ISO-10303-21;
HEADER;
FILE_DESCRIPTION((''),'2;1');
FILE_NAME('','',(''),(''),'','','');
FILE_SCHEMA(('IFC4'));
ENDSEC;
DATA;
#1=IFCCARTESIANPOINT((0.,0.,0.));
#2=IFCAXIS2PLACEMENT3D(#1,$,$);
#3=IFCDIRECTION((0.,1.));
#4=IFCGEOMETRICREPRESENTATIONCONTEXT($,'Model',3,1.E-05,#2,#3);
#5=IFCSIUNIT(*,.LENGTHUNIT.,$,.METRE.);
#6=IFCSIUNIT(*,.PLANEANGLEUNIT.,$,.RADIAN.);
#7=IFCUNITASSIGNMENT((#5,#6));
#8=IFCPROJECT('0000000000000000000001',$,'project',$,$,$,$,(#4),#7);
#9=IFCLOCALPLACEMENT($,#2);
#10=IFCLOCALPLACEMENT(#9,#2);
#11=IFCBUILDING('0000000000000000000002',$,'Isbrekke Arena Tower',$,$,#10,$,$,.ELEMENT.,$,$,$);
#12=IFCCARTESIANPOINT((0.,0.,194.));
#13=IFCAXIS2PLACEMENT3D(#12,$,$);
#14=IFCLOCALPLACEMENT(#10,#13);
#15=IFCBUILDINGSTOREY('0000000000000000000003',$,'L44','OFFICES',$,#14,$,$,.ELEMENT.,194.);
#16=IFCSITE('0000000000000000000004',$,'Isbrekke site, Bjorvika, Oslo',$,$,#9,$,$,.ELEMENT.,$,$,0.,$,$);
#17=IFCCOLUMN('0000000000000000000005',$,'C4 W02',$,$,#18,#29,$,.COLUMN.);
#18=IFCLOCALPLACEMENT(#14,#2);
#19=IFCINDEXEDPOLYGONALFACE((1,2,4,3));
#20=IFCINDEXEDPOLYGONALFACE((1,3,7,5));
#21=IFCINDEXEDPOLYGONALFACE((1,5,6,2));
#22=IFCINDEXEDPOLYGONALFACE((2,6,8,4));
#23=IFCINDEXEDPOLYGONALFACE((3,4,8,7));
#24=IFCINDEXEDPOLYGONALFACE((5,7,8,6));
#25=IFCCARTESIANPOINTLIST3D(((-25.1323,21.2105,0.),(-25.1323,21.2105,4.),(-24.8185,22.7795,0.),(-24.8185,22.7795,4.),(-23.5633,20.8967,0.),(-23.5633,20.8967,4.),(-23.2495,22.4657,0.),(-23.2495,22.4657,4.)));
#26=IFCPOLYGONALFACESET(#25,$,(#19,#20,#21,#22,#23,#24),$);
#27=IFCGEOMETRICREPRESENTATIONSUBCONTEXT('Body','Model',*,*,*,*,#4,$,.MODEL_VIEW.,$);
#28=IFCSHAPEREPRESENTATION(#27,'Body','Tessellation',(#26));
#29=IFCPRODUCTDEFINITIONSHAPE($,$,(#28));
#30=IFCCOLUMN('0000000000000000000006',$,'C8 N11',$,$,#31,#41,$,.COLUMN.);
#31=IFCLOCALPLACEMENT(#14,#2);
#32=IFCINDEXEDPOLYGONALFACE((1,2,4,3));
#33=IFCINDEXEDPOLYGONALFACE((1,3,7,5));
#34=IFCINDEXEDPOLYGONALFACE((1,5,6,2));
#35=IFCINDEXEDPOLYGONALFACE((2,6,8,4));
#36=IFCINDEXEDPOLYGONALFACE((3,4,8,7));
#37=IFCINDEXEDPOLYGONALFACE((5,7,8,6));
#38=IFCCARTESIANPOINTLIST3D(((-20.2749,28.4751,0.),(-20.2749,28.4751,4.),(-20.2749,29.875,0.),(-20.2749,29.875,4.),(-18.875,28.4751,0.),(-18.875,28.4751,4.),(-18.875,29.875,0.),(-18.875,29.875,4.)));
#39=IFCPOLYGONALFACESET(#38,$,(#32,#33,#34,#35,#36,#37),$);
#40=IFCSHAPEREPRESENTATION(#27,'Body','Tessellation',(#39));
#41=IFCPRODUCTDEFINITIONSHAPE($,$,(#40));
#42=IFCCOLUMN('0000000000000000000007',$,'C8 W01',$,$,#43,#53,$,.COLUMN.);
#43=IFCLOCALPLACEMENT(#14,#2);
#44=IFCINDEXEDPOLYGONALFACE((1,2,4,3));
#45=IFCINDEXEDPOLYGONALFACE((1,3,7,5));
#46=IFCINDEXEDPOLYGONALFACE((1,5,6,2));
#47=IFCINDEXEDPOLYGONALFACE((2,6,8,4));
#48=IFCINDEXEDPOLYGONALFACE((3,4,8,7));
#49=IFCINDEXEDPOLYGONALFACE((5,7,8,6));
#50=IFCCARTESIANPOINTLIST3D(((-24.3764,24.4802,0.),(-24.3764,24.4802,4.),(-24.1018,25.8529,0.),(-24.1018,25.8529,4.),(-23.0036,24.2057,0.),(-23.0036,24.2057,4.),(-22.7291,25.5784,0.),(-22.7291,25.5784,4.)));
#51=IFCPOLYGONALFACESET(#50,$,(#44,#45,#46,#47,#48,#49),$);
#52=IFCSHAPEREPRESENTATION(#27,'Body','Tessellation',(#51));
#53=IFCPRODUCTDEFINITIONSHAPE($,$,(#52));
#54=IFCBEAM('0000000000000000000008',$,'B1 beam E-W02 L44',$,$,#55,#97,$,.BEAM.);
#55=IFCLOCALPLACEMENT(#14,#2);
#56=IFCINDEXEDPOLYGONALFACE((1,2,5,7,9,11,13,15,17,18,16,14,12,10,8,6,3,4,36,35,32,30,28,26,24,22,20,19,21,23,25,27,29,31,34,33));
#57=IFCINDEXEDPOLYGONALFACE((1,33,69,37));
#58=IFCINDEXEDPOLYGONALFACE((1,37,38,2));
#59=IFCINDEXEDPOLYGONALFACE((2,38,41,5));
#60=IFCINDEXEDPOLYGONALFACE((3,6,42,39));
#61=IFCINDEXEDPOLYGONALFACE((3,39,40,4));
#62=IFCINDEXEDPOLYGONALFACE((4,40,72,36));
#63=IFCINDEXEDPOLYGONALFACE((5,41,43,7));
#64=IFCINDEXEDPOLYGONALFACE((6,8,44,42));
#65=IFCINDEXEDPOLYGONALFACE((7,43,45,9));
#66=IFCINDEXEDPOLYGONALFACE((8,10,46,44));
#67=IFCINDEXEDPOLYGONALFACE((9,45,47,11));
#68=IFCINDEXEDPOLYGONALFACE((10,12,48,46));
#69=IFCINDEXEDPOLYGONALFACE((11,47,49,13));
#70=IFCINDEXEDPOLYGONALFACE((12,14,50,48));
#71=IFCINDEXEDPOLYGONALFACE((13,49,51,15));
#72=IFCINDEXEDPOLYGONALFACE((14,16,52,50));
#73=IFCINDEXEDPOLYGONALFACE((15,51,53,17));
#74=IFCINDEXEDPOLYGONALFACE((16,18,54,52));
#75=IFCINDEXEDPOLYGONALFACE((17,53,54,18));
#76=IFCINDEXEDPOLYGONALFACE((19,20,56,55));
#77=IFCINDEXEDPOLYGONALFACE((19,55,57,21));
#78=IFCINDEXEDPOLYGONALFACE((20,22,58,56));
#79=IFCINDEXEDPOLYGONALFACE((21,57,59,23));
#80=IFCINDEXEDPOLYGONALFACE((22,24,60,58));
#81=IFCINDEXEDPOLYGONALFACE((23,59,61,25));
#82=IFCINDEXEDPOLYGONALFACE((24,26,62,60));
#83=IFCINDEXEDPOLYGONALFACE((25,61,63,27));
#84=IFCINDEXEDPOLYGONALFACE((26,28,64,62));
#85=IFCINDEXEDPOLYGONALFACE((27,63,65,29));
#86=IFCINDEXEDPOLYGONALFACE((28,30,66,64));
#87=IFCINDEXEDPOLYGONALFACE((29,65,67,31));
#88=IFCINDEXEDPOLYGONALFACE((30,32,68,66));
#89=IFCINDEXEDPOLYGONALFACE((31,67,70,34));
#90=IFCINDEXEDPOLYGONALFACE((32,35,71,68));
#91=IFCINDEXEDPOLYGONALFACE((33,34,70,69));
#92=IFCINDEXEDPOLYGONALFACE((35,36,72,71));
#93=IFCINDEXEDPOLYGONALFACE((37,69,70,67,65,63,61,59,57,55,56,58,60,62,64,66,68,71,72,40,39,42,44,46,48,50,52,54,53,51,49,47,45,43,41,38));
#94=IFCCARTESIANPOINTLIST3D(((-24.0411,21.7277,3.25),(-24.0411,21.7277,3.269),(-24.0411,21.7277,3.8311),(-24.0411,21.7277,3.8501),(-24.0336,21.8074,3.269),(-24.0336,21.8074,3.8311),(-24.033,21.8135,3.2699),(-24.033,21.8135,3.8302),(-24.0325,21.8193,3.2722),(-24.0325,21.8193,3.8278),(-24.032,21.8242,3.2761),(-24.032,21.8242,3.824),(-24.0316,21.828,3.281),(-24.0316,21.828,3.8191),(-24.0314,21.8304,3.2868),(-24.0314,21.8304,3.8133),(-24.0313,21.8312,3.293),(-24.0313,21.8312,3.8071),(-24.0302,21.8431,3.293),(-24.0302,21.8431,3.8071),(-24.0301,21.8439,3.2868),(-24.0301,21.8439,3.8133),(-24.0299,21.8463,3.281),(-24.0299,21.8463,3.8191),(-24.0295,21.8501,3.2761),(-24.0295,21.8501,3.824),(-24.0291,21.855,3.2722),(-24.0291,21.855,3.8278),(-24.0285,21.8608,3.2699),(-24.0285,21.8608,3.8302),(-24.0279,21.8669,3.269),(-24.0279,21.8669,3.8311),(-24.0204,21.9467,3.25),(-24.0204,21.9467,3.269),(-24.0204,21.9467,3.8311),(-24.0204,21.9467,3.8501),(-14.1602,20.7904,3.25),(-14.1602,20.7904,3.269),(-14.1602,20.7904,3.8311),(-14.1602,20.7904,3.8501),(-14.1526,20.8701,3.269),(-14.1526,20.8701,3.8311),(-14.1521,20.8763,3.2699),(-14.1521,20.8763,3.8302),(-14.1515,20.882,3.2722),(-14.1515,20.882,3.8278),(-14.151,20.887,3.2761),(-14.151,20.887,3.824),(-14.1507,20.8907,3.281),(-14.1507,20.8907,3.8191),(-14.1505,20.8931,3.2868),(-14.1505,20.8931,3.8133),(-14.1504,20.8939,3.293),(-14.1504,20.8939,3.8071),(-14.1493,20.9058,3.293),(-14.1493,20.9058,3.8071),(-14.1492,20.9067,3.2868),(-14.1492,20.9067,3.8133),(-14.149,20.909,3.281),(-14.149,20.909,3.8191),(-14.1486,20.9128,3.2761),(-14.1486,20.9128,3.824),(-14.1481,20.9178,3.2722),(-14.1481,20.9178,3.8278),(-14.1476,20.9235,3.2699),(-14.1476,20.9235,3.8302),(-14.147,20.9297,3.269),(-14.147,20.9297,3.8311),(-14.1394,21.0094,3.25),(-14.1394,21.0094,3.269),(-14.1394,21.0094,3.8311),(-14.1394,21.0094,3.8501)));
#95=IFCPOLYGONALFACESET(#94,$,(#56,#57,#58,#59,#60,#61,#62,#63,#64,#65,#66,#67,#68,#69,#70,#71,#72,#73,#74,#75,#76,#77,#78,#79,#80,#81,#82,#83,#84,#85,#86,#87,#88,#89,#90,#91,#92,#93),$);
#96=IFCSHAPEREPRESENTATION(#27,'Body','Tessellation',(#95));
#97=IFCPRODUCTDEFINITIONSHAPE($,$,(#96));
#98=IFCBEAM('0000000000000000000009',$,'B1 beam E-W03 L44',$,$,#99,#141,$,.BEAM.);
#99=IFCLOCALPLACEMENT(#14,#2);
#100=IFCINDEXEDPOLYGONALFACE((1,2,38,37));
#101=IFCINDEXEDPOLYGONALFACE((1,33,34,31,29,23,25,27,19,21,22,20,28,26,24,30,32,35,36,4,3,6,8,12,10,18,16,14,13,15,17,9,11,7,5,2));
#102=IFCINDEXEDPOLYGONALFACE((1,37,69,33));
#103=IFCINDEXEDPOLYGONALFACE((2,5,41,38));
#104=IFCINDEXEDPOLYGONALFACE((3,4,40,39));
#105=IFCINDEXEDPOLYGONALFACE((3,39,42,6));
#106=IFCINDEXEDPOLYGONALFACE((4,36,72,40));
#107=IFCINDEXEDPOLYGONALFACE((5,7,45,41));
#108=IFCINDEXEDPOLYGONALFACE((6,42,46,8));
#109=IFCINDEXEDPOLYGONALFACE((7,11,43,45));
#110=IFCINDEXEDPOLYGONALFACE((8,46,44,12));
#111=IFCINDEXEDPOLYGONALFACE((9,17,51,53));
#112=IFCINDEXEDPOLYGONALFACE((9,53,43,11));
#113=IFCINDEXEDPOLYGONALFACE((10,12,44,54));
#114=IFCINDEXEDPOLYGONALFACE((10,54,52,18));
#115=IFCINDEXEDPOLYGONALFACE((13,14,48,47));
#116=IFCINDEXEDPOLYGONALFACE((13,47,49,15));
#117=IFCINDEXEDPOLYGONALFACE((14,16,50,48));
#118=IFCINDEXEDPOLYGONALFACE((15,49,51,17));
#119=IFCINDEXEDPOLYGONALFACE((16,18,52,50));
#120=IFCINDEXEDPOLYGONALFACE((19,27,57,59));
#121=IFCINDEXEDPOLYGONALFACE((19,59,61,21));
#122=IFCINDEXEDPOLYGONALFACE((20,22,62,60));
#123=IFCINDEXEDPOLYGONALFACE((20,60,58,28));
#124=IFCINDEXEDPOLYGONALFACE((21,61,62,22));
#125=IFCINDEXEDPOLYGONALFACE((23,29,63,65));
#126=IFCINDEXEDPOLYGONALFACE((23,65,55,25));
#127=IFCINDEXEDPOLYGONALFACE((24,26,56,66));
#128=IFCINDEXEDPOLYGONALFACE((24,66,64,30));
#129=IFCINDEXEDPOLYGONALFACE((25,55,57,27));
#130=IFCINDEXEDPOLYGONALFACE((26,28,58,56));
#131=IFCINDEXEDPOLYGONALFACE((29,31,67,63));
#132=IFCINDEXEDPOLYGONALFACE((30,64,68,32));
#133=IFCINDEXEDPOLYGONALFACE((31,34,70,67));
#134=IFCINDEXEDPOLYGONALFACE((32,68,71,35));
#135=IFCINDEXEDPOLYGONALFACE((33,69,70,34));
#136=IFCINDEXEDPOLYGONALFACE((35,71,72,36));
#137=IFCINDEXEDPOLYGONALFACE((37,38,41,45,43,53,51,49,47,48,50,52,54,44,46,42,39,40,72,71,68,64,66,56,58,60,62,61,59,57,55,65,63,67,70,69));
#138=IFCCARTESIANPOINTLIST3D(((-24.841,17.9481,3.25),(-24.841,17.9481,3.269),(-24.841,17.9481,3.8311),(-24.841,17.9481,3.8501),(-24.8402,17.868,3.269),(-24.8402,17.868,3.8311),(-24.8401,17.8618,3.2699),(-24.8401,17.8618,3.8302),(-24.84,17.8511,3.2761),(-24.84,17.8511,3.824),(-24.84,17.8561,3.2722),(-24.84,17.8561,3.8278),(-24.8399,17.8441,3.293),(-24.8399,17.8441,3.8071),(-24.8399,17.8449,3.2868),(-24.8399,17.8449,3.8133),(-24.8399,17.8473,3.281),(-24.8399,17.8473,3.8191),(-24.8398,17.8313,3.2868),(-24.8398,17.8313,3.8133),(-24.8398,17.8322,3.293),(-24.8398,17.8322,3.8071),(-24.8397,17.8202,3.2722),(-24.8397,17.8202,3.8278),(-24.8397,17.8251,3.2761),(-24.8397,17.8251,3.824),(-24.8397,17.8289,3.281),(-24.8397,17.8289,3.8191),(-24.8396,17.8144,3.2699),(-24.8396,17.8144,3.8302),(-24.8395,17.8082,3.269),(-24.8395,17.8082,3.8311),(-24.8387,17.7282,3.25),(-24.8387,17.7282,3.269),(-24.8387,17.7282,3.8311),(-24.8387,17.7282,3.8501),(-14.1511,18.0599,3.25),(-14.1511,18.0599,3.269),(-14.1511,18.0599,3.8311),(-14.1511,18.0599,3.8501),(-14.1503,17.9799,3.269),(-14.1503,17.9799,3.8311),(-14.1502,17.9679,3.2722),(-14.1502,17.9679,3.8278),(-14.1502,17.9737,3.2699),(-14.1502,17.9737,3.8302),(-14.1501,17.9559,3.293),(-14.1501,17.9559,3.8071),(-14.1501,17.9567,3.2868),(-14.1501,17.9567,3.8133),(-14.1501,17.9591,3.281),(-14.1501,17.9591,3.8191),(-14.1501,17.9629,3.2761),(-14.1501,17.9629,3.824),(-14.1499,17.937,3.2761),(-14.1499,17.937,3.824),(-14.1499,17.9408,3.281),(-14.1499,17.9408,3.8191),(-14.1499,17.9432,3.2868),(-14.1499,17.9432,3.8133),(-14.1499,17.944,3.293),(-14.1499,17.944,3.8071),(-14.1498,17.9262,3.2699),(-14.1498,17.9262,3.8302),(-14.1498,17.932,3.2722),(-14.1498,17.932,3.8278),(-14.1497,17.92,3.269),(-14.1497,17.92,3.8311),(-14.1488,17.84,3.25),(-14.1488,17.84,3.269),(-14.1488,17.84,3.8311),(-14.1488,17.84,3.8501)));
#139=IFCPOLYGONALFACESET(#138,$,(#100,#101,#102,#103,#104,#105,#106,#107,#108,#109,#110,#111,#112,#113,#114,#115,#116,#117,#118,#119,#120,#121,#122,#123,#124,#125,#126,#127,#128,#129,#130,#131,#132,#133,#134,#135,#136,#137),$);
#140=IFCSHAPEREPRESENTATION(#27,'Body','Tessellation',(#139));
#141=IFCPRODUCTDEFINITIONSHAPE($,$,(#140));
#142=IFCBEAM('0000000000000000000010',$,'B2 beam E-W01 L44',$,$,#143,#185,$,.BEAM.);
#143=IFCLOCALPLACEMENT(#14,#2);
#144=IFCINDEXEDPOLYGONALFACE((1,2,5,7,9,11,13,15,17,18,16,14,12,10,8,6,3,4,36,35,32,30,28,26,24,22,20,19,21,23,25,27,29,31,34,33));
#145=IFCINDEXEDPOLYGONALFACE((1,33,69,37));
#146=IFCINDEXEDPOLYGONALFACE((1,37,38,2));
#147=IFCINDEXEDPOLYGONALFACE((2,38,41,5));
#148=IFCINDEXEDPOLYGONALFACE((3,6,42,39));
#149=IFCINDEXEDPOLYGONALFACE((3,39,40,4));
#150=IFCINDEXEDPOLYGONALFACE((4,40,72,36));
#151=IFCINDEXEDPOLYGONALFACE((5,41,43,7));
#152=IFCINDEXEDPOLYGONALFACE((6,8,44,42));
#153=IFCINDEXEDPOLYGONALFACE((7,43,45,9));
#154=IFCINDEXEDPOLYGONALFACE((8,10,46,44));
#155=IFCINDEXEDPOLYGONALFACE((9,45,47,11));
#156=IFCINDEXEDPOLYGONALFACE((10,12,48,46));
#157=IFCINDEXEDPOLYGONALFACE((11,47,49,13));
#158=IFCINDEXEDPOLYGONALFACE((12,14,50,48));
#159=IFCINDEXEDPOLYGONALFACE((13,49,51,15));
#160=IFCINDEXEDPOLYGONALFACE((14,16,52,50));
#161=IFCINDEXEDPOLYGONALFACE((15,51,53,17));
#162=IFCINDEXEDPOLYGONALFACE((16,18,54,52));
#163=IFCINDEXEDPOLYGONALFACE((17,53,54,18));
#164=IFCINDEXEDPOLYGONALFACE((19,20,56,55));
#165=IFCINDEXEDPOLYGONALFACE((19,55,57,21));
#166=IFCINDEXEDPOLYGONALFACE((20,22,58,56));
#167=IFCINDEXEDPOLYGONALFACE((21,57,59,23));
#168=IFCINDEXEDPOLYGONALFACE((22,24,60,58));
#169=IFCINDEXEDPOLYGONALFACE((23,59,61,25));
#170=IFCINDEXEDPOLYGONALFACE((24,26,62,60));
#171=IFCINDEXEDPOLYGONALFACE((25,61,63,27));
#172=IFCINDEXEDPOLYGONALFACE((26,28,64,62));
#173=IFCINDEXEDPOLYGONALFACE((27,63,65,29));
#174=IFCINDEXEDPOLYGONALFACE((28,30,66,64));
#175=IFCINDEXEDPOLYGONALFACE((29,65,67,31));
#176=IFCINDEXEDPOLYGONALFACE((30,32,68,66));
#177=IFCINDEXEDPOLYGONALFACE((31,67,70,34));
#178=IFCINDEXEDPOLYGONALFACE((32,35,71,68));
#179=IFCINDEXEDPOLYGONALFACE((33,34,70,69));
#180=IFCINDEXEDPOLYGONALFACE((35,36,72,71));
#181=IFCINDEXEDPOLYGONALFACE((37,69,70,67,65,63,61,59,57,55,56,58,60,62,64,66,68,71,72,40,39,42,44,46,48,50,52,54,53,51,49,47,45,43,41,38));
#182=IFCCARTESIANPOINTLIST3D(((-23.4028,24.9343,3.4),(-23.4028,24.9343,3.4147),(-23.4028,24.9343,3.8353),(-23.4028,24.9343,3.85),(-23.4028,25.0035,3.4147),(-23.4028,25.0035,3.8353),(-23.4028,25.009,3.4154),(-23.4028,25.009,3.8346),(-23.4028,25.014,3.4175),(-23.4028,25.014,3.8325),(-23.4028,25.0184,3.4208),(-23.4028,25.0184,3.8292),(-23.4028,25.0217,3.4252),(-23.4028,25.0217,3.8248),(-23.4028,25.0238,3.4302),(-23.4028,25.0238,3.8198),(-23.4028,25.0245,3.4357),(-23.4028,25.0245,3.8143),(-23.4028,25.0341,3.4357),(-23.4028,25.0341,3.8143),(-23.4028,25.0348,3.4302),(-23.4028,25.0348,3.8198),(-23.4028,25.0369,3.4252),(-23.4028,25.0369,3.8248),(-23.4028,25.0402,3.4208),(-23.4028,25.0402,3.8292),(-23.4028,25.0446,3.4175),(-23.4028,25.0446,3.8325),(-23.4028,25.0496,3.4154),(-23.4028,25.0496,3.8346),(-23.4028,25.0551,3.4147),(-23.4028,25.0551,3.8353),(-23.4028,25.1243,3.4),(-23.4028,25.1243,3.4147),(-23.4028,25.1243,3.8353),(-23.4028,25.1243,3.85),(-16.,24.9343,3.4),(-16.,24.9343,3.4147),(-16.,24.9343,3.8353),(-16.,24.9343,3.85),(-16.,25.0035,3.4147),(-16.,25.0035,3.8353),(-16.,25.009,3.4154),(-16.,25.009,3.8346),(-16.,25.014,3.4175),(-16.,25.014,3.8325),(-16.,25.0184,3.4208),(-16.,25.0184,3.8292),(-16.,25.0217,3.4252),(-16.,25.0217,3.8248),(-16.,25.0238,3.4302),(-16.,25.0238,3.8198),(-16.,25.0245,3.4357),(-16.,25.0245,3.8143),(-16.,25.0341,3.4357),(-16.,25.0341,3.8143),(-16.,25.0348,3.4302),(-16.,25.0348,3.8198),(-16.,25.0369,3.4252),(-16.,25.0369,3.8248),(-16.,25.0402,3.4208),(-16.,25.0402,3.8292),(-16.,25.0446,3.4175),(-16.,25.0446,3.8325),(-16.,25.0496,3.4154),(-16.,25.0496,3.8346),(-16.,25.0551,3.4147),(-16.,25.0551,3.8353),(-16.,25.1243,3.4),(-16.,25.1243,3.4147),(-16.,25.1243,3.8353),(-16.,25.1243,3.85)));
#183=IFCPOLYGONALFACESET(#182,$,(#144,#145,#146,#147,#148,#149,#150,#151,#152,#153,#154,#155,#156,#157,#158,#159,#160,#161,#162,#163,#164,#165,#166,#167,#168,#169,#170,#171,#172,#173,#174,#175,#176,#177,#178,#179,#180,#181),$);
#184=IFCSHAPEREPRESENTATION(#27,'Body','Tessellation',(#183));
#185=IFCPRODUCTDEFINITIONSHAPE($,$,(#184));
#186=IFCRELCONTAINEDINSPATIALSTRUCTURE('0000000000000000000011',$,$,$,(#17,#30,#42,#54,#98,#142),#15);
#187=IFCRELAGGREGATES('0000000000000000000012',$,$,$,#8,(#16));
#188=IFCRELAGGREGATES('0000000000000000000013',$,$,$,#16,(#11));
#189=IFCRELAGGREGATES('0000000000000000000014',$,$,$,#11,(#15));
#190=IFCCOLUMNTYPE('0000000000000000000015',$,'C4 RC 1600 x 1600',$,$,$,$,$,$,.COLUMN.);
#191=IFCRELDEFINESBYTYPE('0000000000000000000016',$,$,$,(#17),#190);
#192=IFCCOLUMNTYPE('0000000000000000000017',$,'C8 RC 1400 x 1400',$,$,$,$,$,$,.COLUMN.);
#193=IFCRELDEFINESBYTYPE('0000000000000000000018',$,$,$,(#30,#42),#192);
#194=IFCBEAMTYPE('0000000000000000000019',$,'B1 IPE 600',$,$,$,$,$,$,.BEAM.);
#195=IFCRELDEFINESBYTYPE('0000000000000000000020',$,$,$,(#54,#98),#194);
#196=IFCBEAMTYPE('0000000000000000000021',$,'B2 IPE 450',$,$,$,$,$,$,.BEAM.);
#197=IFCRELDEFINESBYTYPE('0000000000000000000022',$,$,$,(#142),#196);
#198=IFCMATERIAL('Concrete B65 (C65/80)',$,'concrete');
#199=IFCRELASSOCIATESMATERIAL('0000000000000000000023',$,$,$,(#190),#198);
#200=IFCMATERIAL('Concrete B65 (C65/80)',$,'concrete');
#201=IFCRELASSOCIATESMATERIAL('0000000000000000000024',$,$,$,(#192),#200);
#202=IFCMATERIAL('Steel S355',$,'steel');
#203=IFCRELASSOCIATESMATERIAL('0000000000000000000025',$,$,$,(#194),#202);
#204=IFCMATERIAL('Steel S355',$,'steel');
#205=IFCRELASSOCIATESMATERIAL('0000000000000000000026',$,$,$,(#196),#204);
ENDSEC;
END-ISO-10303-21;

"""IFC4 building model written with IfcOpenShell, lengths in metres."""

from ifc_helpers import new_model, si_unit, direction, frame, origin, origin_2d, place, context, subcontext, project, spatial, rectangle, i_section, extrude, material, material_profile, profile_set, type_object, element, save


model = new_model("IFC4")

# Units and contexts
model_context = context("Model", 3, precision=1e-05, world=origin(), true_north=direction((0.0, 1.0)))
body_context = subcontext(model_context, "Body", "Model", "MODEL_VIEW")
ifc_project = project(units=[si_unit("LENGTHUNIT", "METRE"), si_unit("PLANEANGLEUNIT", "RADIAN")], contexts=[model_context])

# Site, building, storey
site_placement = place(None, origin())
site = spatial("IfcSite", under=ifc_project, at=site_placement, Name="Isbrekke site, Bjorvika, Oslo", CompositionType="ELEMENT", RefElevation=0.0)
building_placement = place(site_placement, origin())
building = spatial("IfcBuilding", under=site, at=building_placement, Name="Isbrekke Arena Tower", CompositionType="ELEMENT")
storey_placement = place(building_placement, frame((0.0, 0.0, 194.0)))
storey = spatial("IfcBuildingStorey", under=building, at=storey_placement, Name="L44", Description="OFFICES", CompositionType="ELEMENT", Elevation=194.0)

# Columns
ifc_material_1 = material(Name="Concrete B65 (C65/80)", Category="concrete")
ifc_material_profile_1 = material_profile(ifc_material_1, rectangle(XDim=1.6001, YDim=1.6001, at=origin_2d()), Name="RC 1600x1600")
ifc_profile_set_1 = profile_set([ifc_material_profile_1], Name="Concrete B65 (C65/80)")
column_type_1 = type_object("IfcColumnType", Name="C4 RC 1600 x 1600", PredefinedType="COLUMN", material=ifc_profile_set_1)
column_placement = place(storey_placement, frame((-24.1909, 21.8381, 0.0), z_axis=(0.0, 0.0, 1.0), x_axis=(-0.196116, -0.980581, 0.0)))
element("IfcColumn", 1, at=column_placement, inside=storey, type_object=column_type_1, Name="C4 W02", PredefinedType="COLUMN", context=body_context, shape_type="SweptSolid", body=[
    extrude(rectangle(XDim=1.6001, YDim=1.6001, at=origin_2d()), origin(), (0.0, 0.0, 1.0), 4.0),
])
ifc_material_2 = material(Name="Concrete B65 (C65/80)", Category="concrete")
ifc_material_profile_2 = material_profile(ifc_material_2, rectangle(XDim=1.3999, YDim=1.3999, at=origin_2d()), Name="RC 1400x1400")
ifc_profile_set_2 = profile_set([ifc_material_profile_2], Name="Concrete B65 (C65/80)")
column_type_2 = type_object("IfcColumnType", Name="C8 RC 1400 x 1400", PredefinedType="COLUMN", material=ifc_profile_set_2)
for number, where, z_axis, x_axis, name in (
    (2, (-19.575, 29.175, 0.0), (0.0, 0.0, 1.0), (-1.0, 0.0, 0.0), "C8 N11"),
    (3, (-23.5527, 25.0293, 0.0), (0.0, 0.0, 1.0), (-0.196116, -0.980581, 0.0), "C8 W01"),
):
    element("IfcColumn", number, at=place(storey_placement, frame(where, z_axis=z_axis, x_axis=x_axis)), inside=storey, type_object=column_type_2, Name=name, PredefinedType="COLUMN", context=body_context, shape_type="SweptSolid", body=[
        extrude(rectangle(XDim=1.3999, YDim=1.3999, at=origin_2d()), origin(), (0.0, 0.0, 1.0), 4.0),
    ])

# Beams
ifc_material_3 = material(Name="Steel S355", Category="steel")
ifc_material_profile_3 = material_profile(ifc_material_3, i_section(OverallWidth=0.22, OverallDepth=0.6001, WebThickness=0.012, FlangeThickness=0.019, FilletRadius=0.0239, at=origin_2d()), Name="IPE 600")
ifc_profile_set_3 = profile_set([ifc_material_profile_3], Name="Steel S355")
beam_type_1 = type_object("IfcBeamType", Name="B1 IPE 600", PredefinedType="BEAM", material=ifc_profile_set_3)
beam_1_placement = place(storey_placement, frame((-24.0308, 21.8372, 3.55), z_axis=(0.995531, -0.094432, 0.0), x_axis=(0.094432, 0.995531, 0.0)))
element("IfcBeam", 4, at=beam_1_placement, inside=storey, type_object=beam_type_1, Name="B1 beam E-W02 L44", PredefinedType="BEAM", context=body_context, shape_type="SweptSolid", body=[
    extrude(i_section(OverallWidth=0.22, OverallDepth=0.6001, WebThickness=0.012, FlangeThickness=0.019, FilletRadius=0.0239, at=origin_2d()), origin(), (0.0, 0.0, 1.0), 9.9253),
])
beam_2_placement = place(storey_placement, frame((-24.8398, 17.8381, 3.55), z_axis=(0.999945, 0.010459, 0.0), x_axis=(-0.010459, 0.999945, 0.0)))
element("IfcBeam", 5, at=beam_2_placement, inside=storey, type_object=beam_type_1, Name="B1 beam E-W03 L44", PredefinedType="BEAM", context=body_context, shape_type="SweptSolid", body=[
    extrude(i_section(OverallWidth=0.22, OverallDepth=0.6001, WebThickness=0.012, FlangeThickness=0.019, FilletRadius=0.0239, at=origin_2d()), origin(), (0.0, 0.0, 1.0), 10.6904),
])
ifc_material_4 = material(Name="Steel S355", Category="steel")
ifc_material_profile_4 = material_profile(ifc_material_4, i_section(OverallWidth=0.1899, OverallDepth=0.45, WebThickness=0.0095, FlangeThickness=0.0146, FilletRadius=0.021, at=origin_2d()), Name="IPE 450")
ifc_profile_set_4 = profile_set([ifc_material_profile_4], Name="Steel S355")
beam_type_2 = type_object("IfcBeamType", Name="B2 IPE 450", PredefinedType="BEAM", material=ifc_profile_set_4)
beam_3_placement = place(storey_placement, frame((-23.4028, 25.0293, 3.625), z_axis=(1.0, 0.0, 0.0), x_axis=(0.0, 1.0, 0.0)))
element("IfcBeam", 6, at=beam_3_placement, inside=storey, type_object=beam_type_2, Name="B2 beam E-W01 L44", PredefinedType="BEAM", context=body_context, shape_type="SweptSolid", body=[
    extrude(i_section(OverallWidth=0.1899, OverallDepth=0.45, WebThickness=0.0095, FlangeThickness=0.0146, FilletRadius=0.021, at=origin_2d()), origin(), (0.0, 0.0, 1.0), 7.4028),
])

save(model, "model.ifc")
